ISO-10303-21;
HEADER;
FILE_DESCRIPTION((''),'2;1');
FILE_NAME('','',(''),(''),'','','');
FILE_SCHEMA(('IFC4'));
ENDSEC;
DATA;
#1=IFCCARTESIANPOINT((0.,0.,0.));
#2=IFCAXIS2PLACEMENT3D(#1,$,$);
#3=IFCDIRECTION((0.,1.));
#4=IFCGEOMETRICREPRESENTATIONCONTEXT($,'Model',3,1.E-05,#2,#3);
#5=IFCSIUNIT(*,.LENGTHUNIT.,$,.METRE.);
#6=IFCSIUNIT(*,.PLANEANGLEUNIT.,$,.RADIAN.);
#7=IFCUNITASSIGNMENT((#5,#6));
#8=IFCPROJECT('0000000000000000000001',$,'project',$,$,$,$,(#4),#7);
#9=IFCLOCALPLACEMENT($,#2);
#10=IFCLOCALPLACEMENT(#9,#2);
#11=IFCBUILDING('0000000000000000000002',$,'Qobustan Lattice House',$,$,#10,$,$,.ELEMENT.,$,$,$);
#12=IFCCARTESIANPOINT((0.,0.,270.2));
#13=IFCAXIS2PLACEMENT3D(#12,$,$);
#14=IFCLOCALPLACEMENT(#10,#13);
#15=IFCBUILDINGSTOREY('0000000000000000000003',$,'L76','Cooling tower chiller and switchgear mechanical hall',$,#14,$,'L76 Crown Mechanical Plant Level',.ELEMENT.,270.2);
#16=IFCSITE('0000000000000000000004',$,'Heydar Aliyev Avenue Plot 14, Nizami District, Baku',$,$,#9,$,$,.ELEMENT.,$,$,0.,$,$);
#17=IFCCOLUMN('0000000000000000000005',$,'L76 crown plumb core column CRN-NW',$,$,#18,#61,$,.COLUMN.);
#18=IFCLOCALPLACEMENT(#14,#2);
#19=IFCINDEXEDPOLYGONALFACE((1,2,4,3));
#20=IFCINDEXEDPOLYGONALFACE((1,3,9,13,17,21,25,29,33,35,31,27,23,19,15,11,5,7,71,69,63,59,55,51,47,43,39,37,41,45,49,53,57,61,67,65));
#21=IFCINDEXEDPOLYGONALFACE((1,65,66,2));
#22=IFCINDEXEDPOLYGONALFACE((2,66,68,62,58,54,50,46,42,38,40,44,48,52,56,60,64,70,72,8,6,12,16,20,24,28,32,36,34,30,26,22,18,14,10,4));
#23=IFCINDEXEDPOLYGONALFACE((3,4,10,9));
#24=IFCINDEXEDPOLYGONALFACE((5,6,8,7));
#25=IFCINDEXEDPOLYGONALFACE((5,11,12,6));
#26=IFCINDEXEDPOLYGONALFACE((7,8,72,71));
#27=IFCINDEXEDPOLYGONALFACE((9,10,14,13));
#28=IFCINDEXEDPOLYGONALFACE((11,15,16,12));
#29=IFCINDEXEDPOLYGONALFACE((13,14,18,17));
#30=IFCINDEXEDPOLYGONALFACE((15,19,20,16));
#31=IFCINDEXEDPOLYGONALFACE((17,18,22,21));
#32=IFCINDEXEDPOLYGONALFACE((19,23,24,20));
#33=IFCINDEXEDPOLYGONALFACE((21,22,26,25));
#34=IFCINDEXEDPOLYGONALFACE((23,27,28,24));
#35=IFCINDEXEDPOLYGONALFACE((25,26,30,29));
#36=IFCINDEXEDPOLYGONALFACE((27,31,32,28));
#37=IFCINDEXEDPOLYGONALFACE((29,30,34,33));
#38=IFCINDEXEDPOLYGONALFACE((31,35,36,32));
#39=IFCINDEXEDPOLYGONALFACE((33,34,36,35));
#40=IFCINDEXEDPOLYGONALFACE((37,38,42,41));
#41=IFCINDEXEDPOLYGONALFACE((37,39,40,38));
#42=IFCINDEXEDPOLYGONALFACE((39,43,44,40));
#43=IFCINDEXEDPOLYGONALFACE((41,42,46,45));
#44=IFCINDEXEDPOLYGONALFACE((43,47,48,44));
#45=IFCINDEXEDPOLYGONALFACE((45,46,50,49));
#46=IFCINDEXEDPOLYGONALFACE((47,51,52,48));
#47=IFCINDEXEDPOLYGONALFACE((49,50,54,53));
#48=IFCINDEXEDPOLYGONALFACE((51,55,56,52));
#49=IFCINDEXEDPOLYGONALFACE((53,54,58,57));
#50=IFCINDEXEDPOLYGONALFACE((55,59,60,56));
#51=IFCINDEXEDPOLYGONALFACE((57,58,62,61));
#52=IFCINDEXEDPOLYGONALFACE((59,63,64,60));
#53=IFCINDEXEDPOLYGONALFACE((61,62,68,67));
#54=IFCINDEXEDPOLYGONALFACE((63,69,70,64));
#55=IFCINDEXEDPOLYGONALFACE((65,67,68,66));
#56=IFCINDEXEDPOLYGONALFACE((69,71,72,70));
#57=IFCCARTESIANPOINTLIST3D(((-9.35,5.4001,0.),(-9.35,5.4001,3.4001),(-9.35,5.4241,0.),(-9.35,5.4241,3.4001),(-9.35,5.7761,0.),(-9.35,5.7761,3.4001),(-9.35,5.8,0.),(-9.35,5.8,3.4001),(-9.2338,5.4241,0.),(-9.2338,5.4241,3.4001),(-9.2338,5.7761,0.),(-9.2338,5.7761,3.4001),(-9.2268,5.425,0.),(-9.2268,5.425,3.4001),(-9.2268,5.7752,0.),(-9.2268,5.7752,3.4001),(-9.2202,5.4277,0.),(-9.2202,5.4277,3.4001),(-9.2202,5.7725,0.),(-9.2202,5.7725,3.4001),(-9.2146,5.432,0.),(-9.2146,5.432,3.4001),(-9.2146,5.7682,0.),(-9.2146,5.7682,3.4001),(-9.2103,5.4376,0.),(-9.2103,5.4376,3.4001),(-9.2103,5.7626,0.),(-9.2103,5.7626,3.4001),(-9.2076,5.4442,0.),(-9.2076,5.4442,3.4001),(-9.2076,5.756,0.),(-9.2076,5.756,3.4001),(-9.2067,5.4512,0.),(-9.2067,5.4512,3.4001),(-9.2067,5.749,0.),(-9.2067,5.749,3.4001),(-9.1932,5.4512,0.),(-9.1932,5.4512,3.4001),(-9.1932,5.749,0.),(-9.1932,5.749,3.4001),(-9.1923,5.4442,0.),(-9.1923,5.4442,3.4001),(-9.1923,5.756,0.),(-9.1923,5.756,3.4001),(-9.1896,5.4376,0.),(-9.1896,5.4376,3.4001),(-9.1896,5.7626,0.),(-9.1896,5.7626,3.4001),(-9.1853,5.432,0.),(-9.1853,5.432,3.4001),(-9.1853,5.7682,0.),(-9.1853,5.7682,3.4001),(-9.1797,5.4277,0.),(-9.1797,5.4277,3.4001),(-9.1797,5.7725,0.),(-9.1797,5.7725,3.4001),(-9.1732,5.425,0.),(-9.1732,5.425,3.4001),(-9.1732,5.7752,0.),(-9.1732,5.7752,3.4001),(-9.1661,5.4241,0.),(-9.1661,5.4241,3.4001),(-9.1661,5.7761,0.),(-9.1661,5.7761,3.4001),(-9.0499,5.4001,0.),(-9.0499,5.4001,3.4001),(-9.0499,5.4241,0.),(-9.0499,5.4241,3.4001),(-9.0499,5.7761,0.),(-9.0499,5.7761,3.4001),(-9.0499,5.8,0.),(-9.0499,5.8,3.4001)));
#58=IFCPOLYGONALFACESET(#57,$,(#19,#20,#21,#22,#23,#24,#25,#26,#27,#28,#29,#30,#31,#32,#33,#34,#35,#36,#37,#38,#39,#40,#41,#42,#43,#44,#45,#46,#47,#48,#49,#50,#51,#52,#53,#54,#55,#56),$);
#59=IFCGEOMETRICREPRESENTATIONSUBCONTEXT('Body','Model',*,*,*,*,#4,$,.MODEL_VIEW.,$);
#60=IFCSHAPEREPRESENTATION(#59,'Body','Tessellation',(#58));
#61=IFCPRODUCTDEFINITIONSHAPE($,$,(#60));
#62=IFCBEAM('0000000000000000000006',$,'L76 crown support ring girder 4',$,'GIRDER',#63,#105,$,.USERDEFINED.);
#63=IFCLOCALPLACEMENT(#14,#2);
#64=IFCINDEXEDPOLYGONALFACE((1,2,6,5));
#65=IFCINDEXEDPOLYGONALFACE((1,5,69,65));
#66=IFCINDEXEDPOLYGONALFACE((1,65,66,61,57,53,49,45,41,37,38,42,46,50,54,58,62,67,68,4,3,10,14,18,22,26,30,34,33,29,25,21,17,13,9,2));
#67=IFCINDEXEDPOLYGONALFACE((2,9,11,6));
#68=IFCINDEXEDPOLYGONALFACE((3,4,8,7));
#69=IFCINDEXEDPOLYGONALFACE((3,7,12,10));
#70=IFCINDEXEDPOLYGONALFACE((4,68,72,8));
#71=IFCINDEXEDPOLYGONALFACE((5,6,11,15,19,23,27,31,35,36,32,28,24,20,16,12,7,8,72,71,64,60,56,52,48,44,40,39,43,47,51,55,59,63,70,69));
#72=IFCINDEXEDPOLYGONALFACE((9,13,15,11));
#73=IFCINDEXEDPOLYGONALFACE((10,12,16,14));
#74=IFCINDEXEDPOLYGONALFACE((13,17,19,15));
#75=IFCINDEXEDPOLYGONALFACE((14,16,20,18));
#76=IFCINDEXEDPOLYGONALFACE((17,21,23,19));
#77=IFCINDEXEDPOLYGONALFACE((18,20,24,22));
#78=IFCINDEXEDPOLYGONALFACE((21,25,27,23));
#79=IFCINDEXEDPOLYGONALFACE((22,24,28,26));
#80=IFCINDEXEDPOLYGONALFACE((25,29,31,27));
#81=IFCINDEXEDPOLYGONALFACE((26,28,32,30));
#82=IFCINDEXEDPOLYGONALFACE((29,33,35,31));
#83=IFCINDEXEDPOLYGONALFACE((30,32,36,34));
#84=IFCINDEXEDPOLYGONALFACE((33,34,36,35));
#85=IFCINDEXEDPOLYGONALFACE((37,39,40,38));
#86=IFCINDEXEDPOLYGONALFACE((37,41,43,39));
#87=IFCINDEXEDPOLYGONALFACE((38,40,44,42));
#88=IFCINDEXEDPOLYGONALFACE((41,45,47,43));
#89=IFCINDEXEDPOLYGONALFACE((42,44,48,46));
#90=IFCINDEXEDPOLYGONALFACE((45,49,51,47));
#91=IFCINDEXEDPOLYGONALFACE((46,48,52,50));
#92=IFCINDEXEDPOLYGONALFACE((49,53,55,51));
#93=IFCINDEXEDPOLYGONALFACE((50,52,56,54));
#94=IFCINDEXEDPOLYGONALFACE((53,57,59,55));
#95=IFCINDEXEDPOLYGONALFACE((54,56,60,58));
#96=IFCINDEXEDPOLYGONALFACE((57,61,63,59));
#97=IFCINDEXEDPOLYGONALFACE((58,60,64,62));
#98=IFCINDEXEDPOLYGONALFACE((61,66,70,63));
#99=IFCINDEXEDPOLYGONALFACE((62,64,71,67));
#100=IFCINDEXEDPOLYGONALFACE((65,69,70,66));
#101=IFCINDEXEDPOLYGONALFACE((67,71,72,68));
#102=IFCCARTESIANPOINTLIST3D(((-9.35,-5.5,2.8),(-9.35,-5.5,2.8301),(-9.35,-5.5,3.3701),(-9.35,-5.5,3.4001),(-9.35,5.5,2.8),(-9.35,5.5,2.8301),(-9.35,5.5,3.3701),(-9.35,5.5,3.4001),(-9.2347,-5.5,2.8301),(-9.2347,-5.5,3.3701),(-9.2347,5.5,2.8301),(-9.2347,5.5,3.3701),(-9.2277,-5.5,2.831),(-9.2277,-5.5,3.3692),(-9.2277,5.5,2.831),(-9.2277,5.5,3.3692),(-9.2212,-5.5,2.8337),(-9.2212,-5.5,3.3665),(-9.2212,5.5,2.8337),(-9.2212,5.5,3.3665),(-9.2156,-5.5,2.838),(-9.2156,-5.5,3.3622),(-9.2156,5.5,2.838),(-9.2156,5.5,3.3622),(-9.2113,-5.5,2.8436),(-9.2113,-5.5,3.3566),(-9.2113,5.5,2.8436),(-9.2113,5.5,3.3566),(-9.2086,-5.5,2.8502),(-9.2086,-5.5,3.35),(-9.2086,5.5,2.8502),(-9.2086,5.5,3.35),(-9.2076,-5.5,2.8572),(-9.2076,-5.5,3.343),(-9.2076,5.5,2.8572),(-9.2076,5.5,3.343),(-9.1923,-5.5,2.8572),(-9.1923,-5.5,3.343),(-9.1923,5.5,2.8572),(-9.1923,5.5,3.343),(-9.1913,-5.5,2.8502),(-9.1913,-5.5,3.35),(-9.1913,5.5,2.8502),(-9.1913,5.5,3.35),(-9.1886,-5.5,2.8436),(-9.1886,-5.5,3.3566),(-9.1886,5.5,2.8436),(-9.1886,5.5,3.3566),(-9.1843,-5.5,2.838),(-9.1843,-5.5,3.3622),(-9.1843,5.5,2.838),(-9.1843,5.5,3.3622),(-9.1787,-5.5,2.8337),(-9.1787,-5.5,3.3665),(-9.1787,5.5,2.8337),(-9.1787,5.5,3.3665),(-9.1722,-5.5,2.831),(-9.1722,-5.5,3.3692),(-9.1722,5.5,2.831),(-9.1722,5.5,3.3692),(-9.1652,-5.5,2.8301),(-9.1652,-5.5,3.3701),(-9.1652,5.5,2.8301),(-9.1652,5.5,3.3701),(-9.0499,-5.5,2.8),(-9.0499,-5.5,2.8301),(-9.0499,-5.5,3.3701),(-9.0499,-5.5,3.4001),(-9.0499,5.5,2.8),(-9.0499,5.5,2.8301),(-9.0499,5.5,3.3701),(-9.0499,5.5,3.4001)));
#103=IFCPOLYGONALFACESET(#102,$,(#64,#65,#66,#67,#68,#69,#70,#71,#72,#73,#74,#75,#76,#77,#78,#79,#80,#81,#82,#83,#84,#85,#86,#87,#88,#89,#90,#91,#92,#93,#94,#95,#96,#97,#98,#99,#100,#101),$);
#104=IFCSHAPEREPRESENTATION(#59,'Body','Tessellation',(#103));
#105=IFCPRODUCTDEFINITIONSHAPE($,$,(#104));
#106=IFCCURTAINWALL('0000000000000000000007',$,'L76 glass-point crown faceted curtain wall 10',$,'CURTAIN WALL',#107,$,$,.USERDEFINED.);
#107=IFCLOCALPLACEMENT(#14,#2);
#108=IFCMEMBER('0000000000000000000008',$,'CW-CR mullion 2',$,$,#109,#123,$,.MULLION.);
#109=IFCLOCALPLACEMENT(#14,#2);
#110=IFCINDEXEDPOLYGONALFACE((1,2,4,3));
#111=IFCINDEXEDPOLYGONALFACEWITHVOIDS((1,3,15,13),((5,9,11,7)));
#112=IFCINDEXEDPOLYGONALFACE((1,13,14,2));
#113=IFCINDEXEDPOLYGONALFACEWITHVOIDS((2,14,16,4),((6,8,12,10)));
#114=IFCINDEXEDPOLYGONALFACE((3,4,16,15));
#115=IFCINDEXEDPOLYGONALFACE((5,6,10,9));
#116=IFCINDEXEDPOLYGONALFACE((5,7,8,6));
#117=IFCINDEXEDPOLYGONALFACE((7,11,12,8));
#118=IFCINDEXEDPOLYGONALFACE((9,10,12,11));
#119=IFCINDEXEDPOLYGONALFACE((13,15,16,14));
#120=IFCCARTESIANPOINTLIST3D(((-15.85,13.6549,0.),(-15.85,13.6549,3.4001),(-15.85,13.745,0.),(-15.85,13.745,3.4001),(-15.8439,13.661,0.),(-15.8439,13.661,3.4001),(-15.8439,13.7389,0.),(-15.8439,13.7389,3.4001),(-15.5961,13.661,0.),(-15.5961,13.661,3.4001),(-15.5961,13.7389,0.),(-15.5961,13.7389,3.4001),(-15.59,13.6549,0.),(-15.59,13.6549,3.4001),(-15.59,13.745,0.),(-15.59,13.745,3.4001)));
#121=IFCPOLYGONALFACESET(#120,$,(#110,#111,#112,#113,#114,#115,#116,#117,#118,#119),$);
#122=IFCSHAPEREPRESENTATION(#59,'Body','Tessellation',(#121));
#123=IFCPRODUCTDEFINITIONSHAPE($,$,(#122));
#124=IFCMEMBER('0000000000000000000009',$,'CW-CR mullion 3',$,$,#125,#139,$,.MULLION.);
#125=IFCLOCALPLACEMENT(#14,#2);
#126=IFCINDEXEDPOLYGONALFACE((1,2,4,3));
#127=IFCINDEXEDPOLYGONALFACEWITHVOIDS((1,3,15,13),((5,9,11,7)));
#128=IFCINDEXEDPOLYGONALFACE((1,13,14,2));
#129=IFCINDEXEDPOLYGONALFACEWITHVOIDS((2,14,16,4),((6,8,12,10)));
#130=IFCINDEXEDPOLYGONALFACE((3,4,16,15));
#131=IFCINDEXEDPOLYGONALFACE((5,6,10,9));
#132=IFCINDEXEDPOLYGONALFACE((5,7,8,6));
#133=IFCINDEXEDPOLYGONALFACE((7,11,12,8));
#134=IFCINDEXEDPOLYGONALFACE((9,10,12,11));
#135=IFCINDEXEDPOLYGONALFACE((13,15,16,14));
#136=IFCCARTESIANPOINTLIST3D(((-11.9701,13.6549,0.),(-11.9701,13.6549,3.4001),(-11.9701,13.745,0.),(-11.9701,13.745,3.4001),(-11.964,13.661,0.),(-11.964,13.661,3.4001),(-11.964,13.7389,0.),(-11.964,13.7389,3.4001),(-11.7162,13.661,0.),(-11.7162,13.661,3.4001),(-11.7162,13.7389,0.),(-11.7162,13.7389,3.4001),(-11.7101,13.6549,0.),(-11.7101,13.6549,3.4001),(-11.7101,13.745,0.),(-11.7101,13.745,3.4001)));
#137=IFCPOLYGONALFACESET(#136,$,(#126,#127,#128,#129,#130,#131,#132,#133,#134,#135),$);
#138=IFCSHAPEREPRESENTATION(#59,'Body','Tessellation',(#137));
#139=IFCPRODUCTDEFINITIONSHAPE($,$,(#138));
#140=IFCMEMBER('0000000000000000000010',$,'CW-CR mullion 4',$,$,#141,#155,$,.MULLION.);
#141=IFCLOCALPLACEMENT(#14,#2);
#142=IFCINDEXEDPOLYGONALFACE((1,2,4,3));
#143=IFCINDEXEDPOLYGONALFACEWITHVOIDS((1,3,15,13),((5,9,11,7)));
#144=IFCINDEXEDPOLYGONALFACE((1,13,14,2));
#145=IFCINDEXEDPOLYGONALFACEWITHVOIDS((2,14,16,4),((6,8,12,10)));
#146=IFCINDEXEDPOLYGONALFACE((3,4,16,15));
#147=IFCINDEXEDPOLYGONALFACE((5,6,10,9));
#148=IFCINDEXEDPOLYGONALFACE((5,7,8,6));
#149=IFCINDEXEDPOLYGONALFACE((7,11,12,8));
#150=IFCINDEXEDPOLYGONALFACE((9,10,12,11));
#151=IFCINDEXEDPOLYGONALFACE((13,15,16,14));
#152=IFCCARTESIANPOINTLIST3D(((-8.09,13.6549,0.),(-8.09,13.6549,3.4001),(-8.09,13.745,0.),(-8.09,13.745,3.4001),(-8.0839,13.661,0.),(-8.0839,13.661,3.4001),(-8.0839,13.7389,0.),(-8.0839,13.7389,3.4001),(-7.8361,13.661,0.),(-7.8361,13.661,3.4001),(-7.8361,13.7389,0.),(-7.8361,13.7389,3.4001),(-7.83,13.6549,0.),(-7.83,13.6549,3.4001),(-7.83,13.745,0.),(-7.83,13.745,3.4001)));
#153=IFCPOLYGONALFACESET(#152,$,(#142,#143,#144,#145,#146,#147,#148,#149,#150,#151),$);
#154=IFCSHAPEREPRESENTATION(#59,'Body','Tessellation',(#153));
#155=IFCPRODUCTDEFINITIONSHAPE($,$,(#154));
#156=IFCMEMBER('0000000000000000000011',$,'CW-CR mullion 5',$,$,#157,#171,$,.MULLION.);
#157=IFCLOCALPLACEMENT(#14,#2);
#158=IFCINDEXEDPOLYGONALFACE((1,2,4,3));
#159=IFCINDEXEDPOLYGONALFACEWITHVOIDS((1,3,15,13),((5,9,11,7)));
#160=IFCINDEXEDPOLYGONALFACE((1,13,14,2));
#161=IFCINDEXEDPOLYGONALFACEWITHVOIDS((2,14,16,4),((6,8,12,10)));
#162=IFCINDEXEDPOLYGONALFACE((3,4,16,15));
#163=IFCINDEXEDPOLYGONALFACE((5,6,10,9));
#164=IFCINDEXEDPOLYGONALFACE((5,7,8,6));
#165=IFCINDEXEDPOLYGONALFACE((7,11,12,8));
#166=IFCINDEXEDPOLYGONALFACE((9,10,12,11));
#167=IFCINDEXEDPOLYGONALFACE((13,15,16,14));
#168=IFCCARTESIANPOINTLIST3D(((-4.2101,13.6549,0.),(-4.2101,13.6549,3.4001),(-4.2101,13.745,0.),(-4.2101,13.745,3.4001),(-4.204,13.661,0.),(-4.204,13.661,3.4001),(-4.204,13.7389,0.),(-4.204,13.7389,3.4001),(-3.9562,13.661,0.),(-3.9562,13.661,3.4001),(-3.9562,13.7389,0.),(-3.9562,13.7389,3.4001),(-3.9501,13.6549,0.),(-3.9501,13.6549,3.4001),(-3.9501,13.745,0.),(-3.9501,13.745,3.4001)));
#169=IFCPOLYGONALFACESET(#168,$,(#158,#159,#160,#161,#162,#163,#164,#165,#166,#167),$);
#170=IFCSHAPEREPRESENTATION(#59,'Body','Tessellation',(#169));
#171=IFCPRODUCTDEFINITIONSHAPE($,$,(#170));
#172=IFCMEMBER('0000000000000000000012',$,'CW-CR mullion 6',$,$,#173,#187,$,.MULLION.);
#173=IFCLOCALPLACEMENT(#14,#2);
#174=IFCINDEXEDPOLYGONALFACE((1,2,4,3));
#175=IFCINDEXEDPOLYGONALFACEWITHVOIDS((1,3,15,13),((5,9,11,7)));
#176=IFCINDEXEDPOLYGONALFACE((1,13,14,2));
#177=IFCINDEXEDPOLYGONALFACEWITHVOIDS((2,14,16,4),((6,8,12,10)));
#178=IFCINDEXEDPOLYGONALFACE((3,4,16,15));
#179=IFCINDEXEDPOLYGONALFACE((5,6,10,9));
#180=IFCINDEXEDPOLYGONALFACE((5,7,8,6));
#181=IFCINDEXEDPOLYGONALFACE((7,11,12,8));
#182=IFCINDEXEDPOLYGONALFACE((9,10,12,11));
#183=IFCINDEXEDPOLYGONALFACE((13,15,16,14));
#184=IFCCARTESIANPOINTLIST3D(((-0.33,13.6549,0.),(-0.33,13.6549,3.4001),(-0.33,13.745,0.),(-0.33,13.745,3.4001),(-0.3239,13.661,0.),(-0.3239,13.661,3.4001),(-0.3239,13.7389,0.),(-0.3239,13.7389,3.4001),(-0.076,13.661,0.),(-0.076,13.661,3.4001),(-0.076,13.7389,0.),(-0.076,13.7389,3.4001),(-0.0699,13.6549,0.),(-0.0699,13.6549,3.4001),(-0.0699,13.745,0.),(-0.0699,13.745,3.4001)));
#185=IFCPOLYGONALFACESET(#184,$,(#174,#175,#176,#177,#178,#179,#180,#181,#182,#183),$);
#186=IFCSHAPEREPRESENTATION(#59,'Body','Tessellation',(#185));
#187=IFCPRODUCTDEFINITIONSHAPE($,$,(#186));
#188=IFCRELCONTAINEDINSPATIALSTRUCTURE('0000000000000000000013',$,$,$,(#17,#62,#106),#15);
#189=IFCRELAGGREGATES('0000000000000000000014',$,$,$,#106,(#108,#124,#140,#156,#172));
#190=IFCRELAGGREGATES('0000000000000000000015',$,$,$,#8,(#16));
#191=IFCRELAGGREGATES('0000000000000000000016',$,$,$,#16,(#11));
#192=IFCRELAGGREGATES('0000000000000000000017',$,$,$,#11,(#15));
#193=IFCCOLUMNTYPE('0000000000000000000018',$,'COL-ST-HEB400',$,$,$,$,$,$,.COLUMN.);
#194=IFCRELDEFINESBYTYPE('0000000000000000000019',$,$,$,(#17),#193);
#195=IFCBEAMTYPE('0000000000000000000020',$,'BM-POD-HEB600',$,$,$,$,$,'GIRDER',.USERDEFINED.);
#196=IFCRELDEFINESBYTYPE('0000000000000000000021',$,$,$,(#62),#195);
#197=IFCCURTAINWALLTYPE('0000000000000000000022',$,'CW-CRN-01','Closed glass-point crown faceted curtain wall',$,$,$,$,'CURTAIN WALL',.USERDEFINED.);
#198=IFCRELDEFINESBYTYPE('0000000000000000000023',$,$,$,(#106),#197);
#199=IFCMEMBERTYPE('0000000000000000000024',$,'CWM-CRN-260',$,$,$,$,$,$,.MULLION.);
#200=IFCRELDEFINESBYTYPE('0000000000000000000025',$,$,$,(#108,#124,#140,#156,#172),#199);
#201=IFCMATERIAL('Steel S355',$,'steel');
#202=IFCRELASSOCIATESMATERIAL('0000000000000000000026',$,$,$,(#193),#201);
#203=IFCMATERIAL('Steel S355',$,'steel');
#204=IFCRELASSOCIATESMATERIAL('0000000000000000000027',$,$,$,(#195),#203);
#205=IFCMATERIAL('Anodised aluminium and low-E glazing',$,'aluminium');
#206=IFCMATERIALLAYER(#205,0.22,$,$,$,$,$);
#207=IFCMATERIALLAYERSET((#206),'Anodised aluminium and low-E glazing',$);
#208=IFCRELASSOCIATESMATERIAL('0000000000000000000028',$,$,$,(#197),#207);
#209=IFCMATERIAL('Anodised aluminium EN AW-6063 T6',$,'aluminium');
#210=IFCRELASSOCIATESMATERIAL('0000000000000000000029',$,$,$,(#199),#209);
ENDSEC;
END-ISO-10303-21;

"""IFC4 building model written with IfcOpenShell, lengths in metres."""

from ifc_helpers import new_model, si_unit, direction, frame, origin, origin_2d, place, context, subcontext, project, spatial, hollow_rectangle, i_section, extrude, material, layer, layer_set, material_profile, profile_set, type_object, element, aggregate, save


model = new_model("IFC4")

# Units and contexts
model_context = context("Model", 3, precision=1e-05, world=origin(), true_north=direction((0.0, 1.0)))
body_context = subcontext(model_context, "Body", "Model", "MODEL_VIEW")
ifc_project = project(units=[si_unit("LENGTHUNIT", "METRE"), si_unit("PLANEANGLEUNIT", "RADIAN")], contexts=[model_context])

# Site, building, storey
site_placement = place(None, origin())
site = spatial("IfcSite", under=ifc_project, at=site_placement, Name="Heydar Aliyev Avenue Plot 14, Nizami District, Baku", CompositionType="ELEMENT", RefElevation=0.0)
building_placement = place(site_placement, origin())
building = spatial("IfcBuilding", under=site, at=building_placement, Name="Qobustan Lattice House", CompositionType="ELEMENT")
storey_placement = place(building_placement, frame((0.0, 0.0, 270.2)))
storey = spatial("IfcBuildingStorey", under=building, at=storey_placement, Name="L76", Description="Cooling tower chiller and switchgear mechanical hall", LongName="L76 Crown Mechanical Plant Level", CompositionType="ELEMENT", Elevation=270.2)

# Column
ifc_material_1 = material(Name="Steel S355", Category="steel")
ifc_material_profile_1 = material_profile(ifc_material_1, i_section(OverallWidth=0.3, OverallDepth=0.3999, WebThickness=0.0134, FlangeThickness=0.0239, FilletRadius=0.0271, at=origin_2d()), Name="HEB400")
ifc_profile_set_1 = profile_set([ifc_material_profile_1], Name="Steel S355")
column_type = type_object("IfcColumnType", Name="COL-ST-HEB400", PredefinedType="COLUMN", material=ifc_profile_set_1)
column_placement = place(storey_placement, frame((-9.2, 5.6001, 0.0), z_axis=(0.0, 0.0, 1.0), x_axis=(1.0, 0.0, 0.0)))
element("IfcColumn", 1, at=column_placement, inside=storey, type_object=column_type, Name="L76 crown plumb core column CRN-NW", PredefinedType="COLUMN", context=body_context, shape_type="SweptSolid", body=[
    extrude(i_section(OverallWidth=0.3, OverallDepth=0.3999, WebThickness=0.0134, FlangeThickness=0.0239, FilletRadius=0.0271, at=origin_2d()), origin(), (0.0, 0.0, 1.0), 3.4001),
])

# Beam
ifc_material_2 = material(Name="Steel S355", Category="steel")
ifc_material_profile_2 = material_profile(ifc_material_2, i_section(OverallWidth=0.3, OverallDepth=0.6001, WebThickness=0.0154, FlangeThickness=0.03, FilletRadius=0.0271, at=origin_2d()), Name="HEB600")
ifc_profile_set_2 = profile_set([ifc_material_profile_2], Name="Steel S355")
beam_type = type_object("IfcBeamType", Name="BM-POD-HEB600", ElementType="GIRDER", PredefinedType="USERDEFINED", material=ifc_profile_set_2)
beam_placement = place(storey_placement, frame((-9.2, 5.5, 3.1001), z_axis=(0.0, -1.0, 0.0), x_axis=(1.0, 0.0, 0.0)))
element("IfcBeam", 2, at=beam_placement, inside=storey, type_object=beam_type, Name="L76 crown support ring girder 4", ObjectType="GIRDER", PredefinedType="USERDEFINED", context=body_context, shape_type="SweptSolid", body=[
    extrude(i_section(OverallWidth=0.3, OverallDepth=0.6001, WebThickness=0.0154, FlangeThickness=0.03, FilletRadius=0.0271, at=origin_2d()), origin(), (0.0, 0.0, 1.0), 11.0),
])

# Curtain wall, members
ifc_material_3 = material(Name="Anodised aluminium and low-E glazing", Category="aluminium")
ifc_layer_1 = layer(ifc_material_3, 0.22)
ifc_layer_set_1 = layer_set([ifc_layer_1], Name="Anodised aluminium and low-E glazing")
curtain_wall_type = type_object("IfcCurtainWallType", Name="CW-CRN-01", Description="Closed glass-point crown faceted curtain wall", ElementType="CURTAIN WALL", PredefinedType="USERDEFINED", material=ifc_layer_set_1)
curtain_wall_placement = place(storey_placement, origin())
curtain_wall = element("IfcCurtainWall", 3, at=curtain_wall_placement, inside=storey, type_object=curtain_wall_type, Name="L76 glass-point crown faceted curtain wall 10", ObjectType="CURTAIN WALL", PredefinedType="USERDEFINED")
ifc_material_4 = material(Name="Anodised aluminium EN AW-6063 T6", Category="aluminium")
ifc_material_profile_3 = material_profile(ifc_material_4, hollow_rectangle(XDim=0.0901, YDim=0.26, WallThickness=0.0061, at=origin_2d()), Name="CWM-CROWN-260x90")
ifc_profile_set_3 = profile_set([ifc_material_profile_3], Name="Anodised aluminium EN AW-6063 T6")
member_type_1 = type_object("IfcMemberType", Name="CWM-CRN-260", PredefinedType="MULLION", material=ifc_profile_set_3)
member_1_placement = place(storey_placement, frame((-15.72, 13.7, 0.0), z_axis=(0.0, 0.0, 1.0), x_axis=(0.0, 1.0, 0.0)))
member_1 = element("IfcMember", 4, at=member_1_placement, type_object=member_type_1, Name="CW-CR mullion 2", PredefinedType="MULLION", context=body_context, shape_type="SweptSolid", body=[
    extrude(hollow_rectangle(XDim=0.0901, YDim=0.26, WallThickness=0.0061, at=origin_2d()), origin(), (0.0, 0.0, 1.0), 3.4001),
])
member_2_placement = place(storey_placement, frame((-11.8401, 13.7, 0.0), z_axis=(0.0, 0.0, 1.0), x_axis=(0.0, 1.0, 0.0)))
member_2 = element("IfcMember", 5, at=member_2_placement, type_object=member_type_1, Name="CW-CR mullion 3", PredefinedType="MULLION", context=body_context, shape_type="SweptSolid", body=[
    extrude(hollow_rectangle(XDim=0.0901, YDim=0.26, WallThickness=0.0061, at=origin_2d()), origin(), (0.0, 0.0, 1.0), 3.4001),
])
member_3_placement = place(storey_placement, frame((-7.96, 13.7, 0.0), z_axis=(0.0, 0.0, 1.0), x_axis=(0.0, 1.0, 0.0)))
member_3 = element("IfcMember", 6, at=member_3_placement, type_object=member_type_1, Name="CW-CR mullion 4", PredefinedType="MULLION", context=body_context, shape_type="SweptSolid", body=[
    extrude(hollow_rectangle(XDim=0.0901, YDim=0.26, WallThickness=0.0061, at=origin_2d()), origin(), (0.0, 0.0, 1.0), 3.4001),
])
member_4_placement = place(storey_placement, frame((-4.0801, 13.7, 0.0), z_axis=(0.0, 0.0, 1.0), x_axis=(0.0, 1.0, 0.0)))
member_4 = element("IfcMember", 7, at=member_4_placement, type_object=member_type_1, Name="CW-CR mullion 5", PredefinedType="MULLION", context=body_context, shape_type="SweptSolid", body=[
    extrude(hollow_rectangle(XDim=0.0901, YDim=0.26, WallThickness=0.0061, at=origin_2d()), origin(), (0.0, 0.0, 1.0), 3.4001),
])
member_5_placement = place(storey_placement, frame((-0.2, 13.7, 0.0), z_axis=(0.0, 0.0, 1.0), x_axis=(0.0, 1.0, 0.0)))
member_5 = element("IfcMember", 8, at=member_5_placement, type_object=member_type_1, Name="CW-CR mullion 6", PredefinedType="MULLION", context=body_context, shape_type="SweptSolid", body=[
    extrude(hollow_rectangle(XDim=0.0901, YDim=0.26, WallThickness=0.0061, at=origin_2d()), origin(), (0.0, 0.0, 1.0), 3.4001),
])

aggregate(curtain_wall, [member_1, member_2, member_3, member_4, member_5])

save(model, "model.ifc")
